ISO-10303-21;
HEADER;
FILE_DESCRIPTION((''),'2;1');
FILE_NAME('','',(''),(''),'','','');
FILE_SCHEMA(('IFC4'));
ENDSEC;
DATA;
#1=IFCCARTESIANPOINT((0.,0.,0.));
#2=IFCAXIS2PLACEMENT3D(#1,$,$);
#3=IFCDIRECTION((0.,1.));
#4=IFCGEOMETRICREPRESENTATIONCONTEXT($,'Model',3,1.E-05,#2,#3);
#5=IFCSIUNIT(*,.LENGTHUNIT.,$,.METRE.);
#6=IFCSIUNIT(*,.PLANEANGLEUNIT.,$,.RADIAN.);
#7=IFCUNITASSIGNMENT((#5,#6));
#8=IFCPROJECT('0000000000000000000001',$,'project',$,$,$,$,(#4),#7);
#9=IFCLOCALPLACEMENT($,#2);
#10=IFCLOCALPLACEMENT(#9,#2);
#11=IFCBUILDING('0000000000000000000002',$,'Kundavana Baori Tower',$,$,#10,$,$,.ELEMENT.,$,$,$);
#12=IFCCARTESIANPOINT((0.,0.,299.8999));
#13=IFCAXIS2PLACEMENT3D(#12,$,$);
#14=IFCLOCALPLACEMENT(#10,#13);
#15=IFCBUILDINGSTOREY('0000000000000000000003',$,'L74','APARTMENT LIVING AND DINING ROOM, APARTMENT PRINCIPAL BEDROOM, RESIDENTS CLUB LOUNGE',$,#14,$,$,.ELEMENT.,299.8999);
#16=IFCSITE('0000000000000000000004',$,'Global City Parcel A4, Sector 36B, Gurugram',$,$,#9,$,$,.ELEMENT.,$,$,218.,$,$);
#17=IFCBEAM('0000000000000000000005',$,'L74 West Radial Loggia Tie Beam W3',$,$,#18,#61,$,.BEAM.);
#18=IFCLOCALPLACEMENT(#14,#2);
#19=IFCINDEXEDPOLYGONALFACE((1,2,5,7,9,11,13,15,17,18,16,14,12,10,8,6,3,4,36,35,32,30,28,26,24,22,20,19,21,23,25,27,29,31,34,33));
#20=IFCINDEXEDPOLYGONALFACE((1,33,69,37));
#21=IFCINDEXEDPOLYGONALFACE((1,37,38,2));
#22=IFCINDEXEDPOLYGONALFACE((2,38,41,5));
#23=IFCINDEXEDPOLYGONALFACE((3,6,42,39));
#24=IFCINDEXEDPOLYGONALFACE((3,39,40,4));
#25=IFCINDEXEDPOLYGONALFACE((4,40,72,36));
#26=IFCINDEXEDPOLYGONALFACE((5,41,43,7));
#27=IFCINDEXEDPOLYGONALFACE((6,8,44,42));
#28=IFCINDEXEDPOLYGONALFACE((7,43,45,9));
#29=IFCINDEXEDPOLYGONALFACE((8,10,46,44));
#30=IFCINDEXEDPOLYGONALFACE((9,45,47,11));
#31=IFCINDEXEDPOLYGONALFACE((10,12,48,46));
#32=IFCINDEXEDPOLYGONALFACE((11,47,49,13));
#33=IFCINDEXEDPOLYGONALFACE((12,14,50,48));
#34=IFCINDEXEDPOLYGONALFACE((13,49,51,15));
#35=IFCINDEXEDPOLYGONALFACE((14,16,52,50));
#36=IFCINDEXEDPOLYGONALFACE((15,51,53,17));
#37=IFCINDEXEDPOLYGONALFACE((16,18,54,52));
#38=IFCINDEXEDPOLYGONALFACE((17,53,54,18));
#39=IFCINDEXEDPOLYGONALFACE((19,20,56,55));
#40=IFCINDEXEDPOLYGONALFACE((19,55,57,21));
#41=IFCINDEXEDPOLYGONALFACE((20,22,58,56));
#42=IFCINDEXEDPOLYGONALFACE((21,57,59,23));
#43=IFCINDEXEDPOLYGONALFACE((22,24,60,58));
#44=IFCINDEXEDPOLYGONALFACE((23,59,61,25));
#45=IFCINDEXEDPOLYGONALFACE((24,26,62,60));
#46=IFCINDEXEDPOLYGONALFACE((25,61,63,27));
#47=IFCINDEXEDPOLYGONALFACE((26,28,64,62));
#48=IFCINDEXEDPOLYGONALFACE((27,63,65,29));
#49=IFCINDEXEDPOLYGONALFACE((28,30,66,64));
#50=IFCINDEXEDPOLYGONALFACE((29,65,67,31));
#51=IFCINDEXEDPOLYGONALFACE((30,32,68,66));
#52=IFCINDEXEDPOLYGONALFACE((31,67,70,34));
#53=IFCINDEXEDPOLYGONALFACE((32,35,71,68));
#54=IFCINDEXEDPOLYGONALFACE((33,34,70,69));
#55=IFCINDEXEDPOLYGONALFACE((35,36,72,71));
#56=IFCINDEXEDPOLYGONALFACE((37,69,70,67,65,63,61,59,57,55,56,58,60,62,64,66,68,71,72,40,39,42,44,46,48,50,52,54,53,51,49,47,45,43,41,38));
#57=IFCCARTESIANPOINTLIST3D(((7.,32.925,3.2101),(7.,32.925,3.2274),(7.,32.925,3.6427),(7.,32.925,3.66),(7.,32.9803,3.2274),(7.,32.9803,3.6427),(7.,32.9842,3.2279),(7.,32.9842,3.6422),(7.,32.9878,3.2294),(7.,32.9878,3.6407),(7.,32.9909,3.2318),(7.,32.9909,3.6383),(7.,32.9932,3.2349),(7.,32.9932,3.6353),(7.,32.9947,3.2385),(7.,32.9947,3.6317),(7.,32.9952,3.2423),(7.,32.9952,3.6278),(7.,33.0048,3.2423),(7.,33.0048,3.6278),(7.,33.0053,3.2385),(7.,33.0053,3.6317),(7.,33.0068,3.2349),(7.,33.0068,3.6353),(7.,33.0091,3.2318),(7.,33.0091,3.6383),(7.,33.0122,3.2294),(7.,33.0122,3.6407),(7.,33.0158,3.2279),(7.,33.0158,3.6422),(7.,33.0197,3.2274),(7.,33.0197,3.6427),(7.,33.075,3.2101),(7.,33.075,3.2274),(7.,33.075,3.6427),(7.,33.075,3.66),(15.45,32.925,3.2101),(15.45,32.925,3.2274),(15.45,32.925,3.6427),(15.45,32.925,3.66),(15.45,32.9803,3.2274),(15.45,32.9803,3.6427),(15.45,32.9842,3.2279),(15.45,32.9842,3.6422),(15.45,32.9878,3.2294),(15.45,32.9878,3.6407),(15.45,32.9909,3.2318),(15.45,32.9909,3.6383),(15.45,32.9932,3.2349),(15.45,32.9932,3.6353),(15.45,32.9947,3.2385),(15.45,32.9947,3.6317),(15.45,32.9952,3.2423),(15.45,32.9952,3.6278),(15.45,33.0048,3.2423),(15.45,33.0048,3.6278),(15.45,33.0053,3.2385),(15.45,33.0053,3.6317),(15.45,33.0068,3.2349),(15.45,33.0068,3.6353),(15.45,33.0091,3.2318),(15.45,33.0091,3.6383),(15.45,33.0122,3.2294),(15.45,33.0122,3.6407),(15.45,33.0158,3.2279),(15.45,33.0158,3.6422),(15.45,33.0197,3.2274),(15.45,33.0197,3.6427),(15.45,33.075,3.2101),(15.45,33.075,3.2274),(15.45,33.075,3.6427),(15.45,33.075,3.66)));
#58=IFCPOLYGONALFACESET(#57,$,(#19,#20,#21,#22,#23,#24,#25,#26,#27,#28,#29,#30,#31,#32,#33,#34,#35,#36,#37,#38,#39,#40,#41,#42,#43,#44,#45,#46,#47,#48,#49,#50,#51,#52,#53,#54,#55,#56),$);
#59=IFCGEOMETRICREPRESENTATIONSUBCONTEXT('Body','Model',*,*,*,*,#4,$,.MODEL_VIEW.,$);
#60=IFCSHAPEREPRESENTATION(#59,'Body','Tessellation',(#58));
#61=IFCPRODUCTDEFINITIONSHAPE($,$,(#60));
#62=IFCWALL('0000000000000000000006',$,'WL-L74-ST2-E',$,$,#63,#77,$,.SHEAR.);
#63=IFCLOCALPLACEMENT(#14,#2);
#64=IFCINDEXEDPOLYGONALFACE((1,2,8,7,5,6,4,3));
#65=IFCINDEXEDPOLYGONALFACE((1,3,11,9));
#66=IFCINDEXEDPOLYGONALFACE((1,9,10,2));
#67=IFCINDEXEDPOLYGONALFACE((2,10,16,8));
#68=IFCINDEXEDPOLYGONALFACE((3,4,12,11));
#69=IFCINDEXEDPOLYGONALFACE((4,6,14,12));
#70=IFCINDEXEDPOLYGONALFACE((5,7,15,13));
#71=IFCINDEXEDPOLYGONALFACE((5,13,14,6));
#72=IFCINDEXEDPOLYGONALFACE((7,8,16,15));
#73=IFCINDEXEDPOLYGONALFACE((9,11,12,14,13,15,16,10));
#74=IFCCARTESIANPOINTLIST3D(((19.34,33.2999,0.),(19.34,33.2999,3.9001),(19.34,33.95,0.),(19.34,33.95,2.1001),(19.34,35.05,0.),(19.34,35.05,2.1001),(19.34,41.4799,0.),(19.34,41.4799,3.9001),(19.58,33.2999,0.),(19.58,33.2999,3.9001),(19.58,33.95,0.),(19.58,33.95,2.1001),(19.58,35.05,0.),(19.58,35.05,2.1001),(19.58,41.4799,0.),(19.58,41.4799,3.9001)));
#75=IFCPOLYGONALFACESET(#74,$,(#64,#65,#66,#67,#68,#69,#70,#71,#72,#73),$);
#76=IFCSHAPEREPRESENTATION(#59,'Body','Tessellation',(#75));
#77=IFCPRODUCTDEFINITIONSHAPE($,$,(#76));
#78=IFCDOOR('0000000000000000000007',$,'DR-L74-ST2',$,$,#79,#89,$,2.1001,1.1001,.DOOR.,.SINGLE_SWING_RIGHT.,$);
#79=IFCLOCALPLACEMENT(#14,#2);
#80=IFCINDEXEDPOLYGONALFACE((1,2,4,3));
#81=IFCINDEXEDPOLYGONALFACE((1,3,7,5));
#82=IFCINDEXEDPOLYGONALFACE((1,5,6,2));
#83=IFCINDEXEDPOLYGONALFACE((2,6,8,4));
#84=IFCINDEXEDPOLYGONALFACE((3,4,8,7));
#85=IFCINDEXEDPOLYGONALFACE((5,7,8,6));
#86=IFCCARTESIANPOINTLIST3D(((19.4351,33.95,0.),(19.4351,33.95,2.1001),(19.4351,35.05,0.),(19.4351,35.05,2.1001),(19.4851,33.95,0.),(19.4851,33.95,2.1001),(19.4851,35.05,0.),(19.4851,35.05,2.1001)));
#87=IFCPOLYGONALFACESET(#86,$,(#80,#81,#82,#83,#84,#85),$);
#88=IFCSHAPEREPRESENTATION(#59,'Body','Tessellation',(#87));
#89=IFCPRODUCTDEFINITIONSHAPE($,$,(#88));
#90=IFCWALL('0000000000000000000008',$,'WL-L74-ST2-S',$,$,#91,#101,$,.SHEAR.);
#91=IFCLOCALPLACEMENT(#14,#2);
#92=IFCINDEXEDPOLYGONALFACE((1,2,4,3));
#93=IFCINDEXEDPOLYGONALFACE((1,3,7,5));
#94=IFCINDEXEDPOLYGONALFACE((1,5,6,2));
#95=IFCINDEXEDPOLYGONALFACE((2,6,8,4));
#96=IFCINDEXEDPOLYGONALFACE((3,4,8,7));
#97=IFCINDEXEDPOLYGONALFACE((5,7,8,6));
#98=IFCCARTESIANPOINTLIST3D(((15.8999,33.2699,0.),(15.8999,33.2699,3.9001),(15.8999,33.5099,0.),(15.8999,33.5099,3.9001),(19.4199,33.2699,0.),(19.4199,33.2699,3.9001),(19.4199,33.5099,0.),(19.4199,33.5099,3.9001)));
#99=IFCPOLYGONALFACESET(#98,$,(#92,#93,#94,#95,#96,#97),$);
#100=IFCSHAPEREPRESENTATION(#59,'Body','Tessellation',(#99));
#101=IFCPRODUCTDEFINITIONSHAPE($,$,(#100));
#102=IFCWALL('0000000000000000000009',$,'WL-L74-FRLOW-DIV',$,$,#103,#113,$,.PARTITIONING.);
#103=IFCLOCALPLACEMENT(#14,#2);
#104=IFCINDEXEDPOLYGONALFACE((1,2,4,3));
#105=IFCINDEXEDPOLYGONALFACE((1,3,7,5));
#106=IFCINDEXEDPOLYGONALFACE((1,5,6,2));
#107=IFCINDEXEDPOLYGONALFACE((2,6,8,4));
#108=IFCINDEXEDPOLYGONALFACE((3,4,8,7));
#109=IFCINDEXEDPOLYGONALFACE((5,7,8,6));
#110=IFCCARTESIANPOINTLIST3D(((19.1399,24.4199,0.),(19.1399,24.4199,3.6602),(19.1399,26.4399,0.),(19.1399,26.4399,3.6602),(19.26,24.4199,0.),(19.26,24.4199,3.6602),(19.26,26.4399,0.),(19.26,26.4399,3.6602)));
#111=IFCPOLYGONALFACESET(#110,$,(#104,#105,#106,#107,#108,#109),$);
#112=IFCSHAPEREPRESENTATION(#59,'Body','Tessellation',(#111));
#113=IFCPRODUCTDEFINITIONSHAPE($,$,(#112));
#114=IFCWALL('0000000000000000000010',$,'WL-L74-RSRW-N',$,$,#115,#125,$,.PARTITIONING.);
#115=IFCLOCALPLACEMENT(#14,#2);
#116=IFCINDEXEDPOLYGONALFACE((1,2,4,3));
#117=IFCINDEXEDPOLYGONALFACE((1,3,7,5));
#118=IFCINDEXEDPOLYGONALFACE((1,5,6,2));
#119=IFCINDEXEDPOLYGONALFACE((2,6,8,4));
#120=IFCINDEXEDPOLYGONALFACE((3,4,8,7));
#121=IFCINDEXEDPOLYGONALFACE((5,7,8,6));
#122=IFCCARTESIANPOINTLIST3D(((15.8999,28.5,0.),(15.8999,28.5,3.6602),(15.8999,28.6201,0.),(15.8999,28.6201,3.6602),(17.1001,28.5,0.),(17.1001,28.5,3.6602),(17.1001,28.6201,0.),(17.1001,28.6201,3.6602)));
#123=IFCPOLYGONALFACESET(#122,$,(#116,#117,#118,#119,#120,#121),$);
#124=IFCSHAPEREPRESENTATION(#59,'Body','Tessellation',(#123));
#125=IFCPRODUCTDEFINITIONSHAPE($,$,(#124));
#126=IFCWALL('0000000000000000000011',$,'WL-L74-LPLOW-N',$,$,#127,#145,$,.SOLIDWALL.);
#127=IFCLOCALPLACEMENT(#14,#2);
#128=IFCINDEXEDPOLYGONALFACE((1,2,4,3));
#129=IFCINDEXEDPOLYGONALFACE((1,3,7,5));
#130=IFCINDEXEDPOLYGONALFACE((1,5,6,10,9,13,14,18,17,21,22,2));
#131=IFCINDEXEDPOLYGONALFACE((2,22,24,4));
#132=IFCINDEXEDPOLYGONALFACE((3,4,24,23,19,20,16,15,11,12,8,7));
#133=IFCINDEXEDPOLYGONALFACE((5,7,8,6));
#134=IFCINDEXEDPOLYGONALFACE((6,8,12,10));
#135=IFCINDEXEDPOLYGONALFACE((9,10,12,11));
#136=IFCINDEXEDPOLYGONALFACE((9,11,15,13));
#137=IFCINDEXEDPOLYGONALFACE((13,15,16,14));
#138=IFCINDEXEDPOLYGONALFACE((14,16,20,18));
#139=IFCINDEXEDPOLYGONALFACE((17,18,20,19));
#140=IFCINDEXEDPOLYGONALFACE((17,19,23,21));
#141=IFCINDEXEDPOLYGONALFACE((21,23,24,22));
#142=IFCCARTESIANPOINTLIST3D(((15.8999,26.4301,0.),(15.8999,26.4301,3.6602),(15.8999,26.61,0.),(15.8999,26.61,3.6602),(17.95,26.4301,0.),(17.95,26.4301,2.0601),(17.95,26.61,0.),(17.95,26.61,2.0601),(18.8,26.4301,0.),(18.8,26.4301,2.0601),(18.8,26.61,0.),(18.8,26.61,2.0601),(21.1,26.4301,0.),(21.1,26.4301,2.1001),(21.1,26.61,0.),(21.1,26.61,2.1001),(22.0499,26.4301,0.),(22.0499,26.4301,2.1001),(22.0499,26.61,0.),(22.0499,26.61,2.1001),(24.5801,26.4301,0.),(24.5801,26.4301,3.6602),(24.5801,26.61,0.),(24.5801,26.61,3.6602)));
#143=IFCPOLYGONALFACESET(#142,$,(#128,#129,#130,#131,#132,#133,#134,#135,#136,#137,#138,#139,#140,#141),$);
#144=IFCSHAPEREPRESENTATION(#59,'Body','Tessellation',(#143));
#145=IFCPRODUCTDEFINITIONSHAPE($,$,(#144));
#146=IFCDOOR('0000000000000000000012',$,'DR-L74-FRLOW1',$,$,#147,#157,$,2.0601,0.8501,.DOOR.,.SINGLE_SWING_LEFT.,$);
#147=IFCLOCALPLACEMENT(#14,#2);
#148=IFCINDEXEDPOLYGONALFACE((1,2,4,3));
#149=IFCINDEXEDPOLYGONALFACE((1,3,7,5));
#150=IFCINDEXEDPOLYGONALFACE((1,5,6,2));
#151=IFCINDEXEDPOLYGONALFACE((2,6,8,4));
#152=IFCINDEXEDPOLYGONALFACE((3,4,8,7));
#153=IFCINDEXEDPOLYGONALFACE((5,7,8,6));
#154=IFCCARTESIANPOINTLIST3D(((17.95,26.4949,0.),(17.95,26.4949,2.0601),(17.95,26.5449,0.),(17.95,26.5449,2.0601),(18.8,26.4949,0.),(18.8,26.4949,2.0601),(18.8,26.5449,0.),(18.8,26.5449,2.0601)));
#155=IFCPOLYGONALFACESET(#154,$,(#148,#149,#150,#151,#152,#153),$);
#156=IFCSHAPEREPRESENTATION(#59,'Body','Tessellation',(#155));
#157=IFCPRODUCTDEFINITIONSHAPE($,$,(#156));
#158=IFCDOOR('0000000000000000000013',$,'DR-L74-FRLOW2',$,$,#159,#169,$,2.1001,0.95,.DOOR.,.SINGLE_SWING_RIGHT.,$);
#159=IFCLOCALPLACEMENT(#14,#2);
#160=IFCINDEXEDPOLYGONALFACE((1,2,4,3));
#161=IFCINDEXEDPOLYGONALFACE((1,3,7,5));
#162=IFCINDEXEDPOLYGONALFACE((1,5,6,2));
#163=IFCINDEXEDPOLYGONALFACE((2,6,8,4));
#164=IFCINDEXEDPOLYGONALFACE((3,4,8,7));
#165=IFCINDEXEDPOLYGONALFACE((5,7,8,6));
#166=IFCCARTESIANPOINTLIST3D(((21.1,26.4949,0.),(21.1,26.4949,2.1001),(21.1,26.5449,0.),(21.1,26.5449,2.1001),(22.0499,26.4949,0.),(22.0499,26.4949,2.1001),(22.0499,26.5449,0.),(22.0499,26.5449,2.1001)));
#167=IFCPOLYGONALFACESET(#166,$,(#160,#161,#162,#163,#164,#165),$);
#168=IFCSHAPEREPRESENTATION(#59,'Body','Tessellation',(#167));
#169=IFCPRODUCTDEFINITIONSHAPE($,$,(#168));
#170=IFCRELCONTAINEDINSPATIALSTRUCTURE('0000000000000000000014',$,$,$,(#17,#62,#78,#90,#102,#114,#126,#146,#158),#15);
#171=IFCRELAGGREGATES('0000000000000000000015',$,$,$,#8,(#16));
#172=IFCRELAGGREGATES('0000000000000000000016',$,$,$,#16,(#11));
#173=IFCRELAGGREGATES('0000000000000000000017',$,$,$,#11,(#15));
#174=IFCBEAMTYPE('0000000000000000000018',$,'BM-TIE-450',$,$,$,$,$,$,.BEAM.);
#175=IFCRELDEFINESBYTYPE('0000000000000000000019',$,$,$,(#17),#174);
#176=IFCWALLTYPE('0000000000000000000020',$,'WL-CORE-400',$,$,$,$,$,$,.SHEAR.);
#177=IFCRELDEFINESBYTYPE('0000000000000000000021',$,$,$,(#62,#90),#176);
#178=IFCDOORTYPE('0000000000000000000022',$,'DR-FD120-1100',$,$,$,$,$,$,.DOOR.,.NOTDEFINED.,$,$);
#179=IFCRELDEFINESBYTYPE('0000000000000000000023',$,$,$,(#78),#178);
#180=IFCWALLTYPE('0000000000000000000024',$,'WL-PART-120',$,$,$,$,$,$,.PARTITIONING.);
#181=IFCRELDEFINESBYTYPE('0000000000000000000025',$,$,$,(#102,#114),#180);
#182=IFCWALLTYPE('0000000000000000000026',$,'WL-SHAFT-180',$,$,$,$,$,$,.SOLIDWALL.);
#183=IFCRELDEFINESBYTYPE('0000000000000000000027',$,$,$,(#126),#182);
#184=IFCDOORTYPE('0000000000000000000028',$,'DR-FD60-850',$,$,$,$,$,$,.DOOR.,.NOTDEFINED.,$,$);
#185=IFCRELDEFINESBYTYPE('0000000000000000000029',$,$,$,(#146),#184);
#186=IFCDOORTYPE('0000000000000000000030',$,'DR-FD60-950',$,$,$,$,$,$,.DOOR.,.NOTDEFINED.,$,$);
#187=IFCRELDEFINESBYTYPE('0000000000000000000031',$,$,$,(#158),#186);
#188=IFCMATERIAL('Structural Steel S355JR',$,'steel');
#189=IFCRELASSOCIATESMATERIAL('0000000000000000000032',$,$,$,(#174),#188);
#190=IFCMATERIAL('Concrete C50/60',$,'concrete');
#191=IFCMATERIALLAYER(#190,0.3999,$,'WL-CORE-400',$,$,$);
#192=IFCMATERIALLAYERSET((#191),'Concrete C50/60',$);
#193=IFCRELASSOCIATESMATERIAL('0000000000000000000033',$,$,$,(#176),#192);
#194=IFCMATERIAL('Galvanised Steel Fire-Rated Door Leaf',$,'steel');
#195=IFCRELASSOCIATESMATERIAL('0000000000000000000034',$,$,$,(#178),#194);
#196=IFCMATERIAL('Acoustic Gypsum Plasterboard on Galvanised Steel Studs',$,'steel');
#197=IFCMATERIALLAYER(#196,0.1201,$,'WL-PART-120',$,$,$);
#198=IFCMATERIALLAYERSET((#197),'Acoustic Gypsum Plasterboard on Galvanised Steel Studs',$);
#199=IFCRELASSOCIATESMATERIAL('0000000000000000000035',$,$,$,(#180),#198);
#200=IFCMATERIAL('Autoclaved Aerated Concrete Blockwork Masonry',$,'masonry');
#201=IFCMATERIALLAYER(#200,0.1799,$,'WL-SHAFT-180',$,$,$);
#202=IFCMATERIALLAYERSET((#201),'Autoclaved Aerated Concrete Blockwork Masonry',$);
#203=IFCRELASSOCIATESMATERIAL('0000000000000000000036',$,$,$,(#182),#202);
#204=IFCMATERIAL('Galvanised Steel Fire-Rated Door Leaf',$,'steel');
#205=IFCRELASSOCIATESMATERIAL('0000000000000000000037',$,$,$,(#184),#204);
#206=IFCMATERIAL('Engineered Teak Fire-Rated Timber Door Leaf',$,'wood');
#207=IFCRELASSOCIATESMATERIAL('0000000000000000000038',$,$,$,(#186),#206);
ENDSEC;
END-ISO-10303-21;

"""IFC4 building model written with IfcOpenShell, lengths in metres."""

from ifc_helpers import new_model, si_unit, direction, frame, frame_2d, origin, origin_2d, place, context, subcontext, project, spatial, rectangle, i_section, extrude, material, layer, layer_set, material_profile, profile_set, type_object, element, fill, save


model = new_model("IFC4")

# Units and contexts
model_context = context("Model", 3, precision=1e-05, world=origin(), true_north=direction((0.0, 1.0)))
body_context = subcontext(model_context, "Body", "Model", "MODEL_VIEW")
ifc_project = project(units=[si_unit("LENGTHUNIT", "METRE"), si_unit("PLANEANGLEUNIT", "RADIAN")], contexts=[model_context])

# Site, building, storey
site_placement = place(None, origin())
site = spatial("IfcSite", under=ifc_project, at=site_placement, Name="Global City Parcel A4, Sector 36B, Gurugram", CompositionType="ELEMENT", RefElevation=218.0)
building_placement = place(site_placement, origin())
building = spatial("IfcBuilding", under=site, at=building_placement, Name="Kundavana Baori Tower", CompositionType="ELEMENT")
storey_placement = place(building_placement, frame((0.0, 0.0, 299.8999)))
storey = spatial("IfcBuildingStorey", under=building, at=storey_placement, Name="L74", Description="APARTMENT LIVING AND DINING ROOM, APARTMENT PRINCIPAL BEDROOM, RESIDENTS CLUB LOUNGE", CompositionType="ELEMENT", Elevation=299.8999)

# Beam
ifc_material_1 = material(Name="Structural Steel S355JR", Category="steel")
ifc_material_profile_1 = material_profile(ifc_material_1, i_section(OverallWidth=0.1499, OverallDepth=0.45, WebThickness=0.0095, FlangeThickness=0.0173, FilletRadius=0.0149, at=origin_2d()), Name="ISMB 450")
ifc_profile_set_1 = profile_set([ifc_material_profile_1], Name="Structural Steel S355JR")
beam_type_1 = type_object("IfcBeamType", Name="BM-TIE-450", PredefinedType="BEAM", material=ifc_profile_set_1)
for number, where, z_axis, x_axis, name in (
    (1, (15.45, 33.0, 3.4351), (-1.0, 0.0, 0.0), (0.0, -1.0, 0.0), "L74 West Radial Loggia Tie Beam W3"),
):
    element("IfcBeam", number, at=place(storey_placement, frame(where, z_axis=z_axis, x_axis=x_axis)), inside=storey, type_object=beam_type_1, Name=name, PredefinedType="BEAM", context=body_context, shape_type="SweptSolid", body=[
        extrude(i_section(OverallWidth=0.1499, OverallDepth=0.45, WebThickness=0.0095, FlangeThickness=0.0173, FilletRadius=0.0149, at=origin_2d()), origin(), (0.0, 0.0, 1.0), 8.45),
    ])

# Wall, opening, door
ifc_material_2 = material(Name="Concrete C50/60", Category="concrete")
ifc_layer_1 = layer(ifc_material_2, 0.3999, Name="WL-CORE-400")
ifc_layer_set_1 = layer_set([ifc_layer_1], Name="Concrete C50/60")
wall_type_1 = type_object("IfcWallType", Name="WL-CORE-400", PredefinedType="SHEAR", material=ifc_layer_set_1)
wall_1_placement = place(storey_placement, frame((19.46, 33.3, 0.0), z_axis=(0.0, 0.0, 1.0), x_axis=(0.0, 1.0, 0.0)))
wall_1 = element("IfcWall", 2, at=wall_1_placement, inside=storey, type_object=wall_type_1, Name="WL-L74-ST2-E", PredefinedType="SHEAR", context=body_context, shape_type="SweptSolid", body=[
    extrude(rectangle(XDim=8.1799, YDim=0.24, at=frame_2d((4.0898, 0.0))), origin(), (0.0, 0.0, 1.0), 3.9001),
])
opening_1_placement = place(wall_1_placement, frame((0.6499, 0.0, 0.0)))
opening_1 = element("IfcOpeningElement", 3, at=opening_1_placement, cuts=wall_1, PredefinedType="OPENING", context=body_context, shape_type="SweptSolid", body=[
    extrude(rectangle(XDim=1.1001, YDim=2.1001, at=frame_2d((0.55, 1.05))), frame((0.0, 0.1299, 0.0), z_axis=(0.0, -1.0, 0.0), x_axis=(1.0, 0.0, 0.0)), (0.0, 0.0, 1.0), 0.26),
])
ifc_material_3 = material(Name="Galvanised Steel Fire-Rated Door Leaf", Category="steel")
door_type_1 = type_object("IfcDoorType", Name="DR-FD120-1100", OperationType="NOTDEFINED", PredefinedType="DOOR", material=ifc_material_3)
door_1_placement = place(opening_1_placement, origin())
door_1 = element("IfcDoor", 4, at=door_1_placement, inside=storey, type_object=door_type_1, Name="DR-L74-ST2", OperationType="SINGLE_SWING_RIGHT", OverallHeight=2.1001, OverallWidth=1.1001, PredefinedType="DOOR", context=body_context, shape_type="SweptSolid", body=[
    extrude(rectangle(XDim=1.1001, YDim=2.1001, at=frame_2d((0.55, 1.05))), frame((0.0, 0.0249, 0.0), z_axis=(0.0, -1.0, 0.0), x_axis=(1.0, 0.0, 0.0)), (0.0, 0.0, 1.0), 0.05),
])
fill(opening_1, door_1)

# Walls
wall_2_placement = place(storey_placement, frame((15.8999, 33.3899, 0.0), z_axis=(0.0, 0.0, 1.0), x_axis=(1.0, 0.0, 0.0)))
element("IfcWall", 5, at=wall_2_placement, inside=storey, type_object=wall_type_1, Name="WL-L74-ST2-S", PredefinedType="SHEAR", context=body_context, shape_type="SweptSolid", body=[
    extrude(rectangle(XDim=3.52, YDim=0.24, at=frame_2d((1.76, 0.0))), origin(), (0.0, 0.0, 1.0), 3.9001),
])
ifc_material_4 = material(Name="Acoustic Gypsum Plasterboard on Galvanised Steel Studs", Category="steel")
ifc_layer_2 = layer(ifc_material_4, 0.1201, Name="WL-PART-120")
ifc_layer_set_2 = layer_set([ifc_layer_2], Name="Acoustic Gypsum Plasterboard on Galvanised Steel Studs")
wall_type_2 = type_object("IfcWallType", Name="WL-PART-120", PredefinedType="PARTITIONING", material=ifc_layer_set_2)
wall_3_placement = place(storey_placement, frame((19.2, 24.4199, 0.0), z_axis=(0.0, 0.0, 1.0), x_axis=(0.0, 1.0, 0.0)))
element("IfcWall", 6, at=wall_3_placement, inside=storey, type_object=wall_type_2, Name="WL-L74-FRLOW-DIV", PredefinedType="PARTITIONING", context=body_context, shape_type="SweptSolid", body=[
    extrude(rectangle(XDim=2.02, YDim=0.1201, at=frame_2d((1.01, 0.0))), origin(), (0.0, 0.0, 1.0), 3.6602),
])
wall_4_placement = place(storey_placement, frame((15.8999, 28.5601, 0.0), z_axis=(0.0, 0.0, 1.0), x_axis=(1.0, 0.0, 0.0)))
element("IfcWall", 7, at=wall_4_placement, inside=storey, type_object=wall_type_2, Name="WL-L74-RSRW-N", PredefinedType="PARTITIONING", context=body_context, shape_type="SweptSolid", body=[
    extrude(rectangle(XDim=1.2002, YDim=0.1201, at=frame_2d((0.6001, 0.0))), origin(), (0.0, 0.0, 1.0), 3.6602),
])

# Wall, openings, doors
ifc_material_5 = material(Name="Autoclaved Aerated Concrete Blockwork Masonry", Category="masonry")
ifc_layer_3 = layer(ifc_material_5, 0.1799, Name="WL-SHAFT-180")
ifc_layer_set_3 = layer_set([ifc_layer_3], Name="Autoclaved Aerated Concrete Blockwork Masonry")
wall_type_3 = type_object("IfcWallType", Name="WL-SHAFT-180", PredefinedType="SOLIDWALL", material=ifc_layer_set_3)
wall_5_placement = place(storey_placement, frame((15.8999, 26.52, 0.0), z_axis=(0.0, 0.0, 1.0), x_axis=(1.0, 0.0, 0.0)))
wall_5 = element("IfcWall", 8, at=wall_5_placement, inside=storey, type_object=wall_type_3, Name="WL-L74-LPLOW-N", PredefinedType="SOLIDWALL", context=body_context, shape_type="SweptSolid", body=[
    extrude(rectangle(XDim=8.6802, YDim=0.1799, at=frame_2d((4.3401, 0.0))), origin(), (0.0, 0.0, 1.0), 3.6602),
])
opening_2_placement = place(wall_5_placement, frame((2.05, 0.0, 0.0)))
opening_2 = element("IfcOpeningElement", 9, at=opening_2_placement, cuts=wall_5, PredefinedType="OPENING", context=body_context, shape_type="SweptSolid", body=[
    extrude(rectangle(XDim=0.8501, YDim=2.0601, at=frame_2d((0.425, 1.03))), frame((0.0, 0.1001, 0.0), z_axis=(0.0, -1.0, 0.0), x_axis=(1.0, 0.0, 0.0)), (0.0, 0.0, 1.0), 0.2),
])
opening_3_placement = place(wall_5_placement, frame((5.2, 0.0, 0.0)))
opening_3 = element("IfcOpeningElement", 10, at=opening_3_placement, cuts=wall_5, PredefinedType="OPENING", context=body_context, shape_type="SweptSolid", body=[
    extrude(rectangle(XDim=0.95, YDim=2.1001, at=frame_2d((0.4751, 1.05))), frame((0.0, 0.1001, 0.0), z_axis=(0.0, -1.0, 0.0), x_axis=(1.0, 0.0, 0.0)), (0.0, 0.0, 1.0), 0.2),
])
ifc_material_6 = material(Name="Galvanised Steel Fire-Rated Door Leaf", Category="steel")
door_type_2 = type_object("IfcDoorType", Name="DR-FD60-850", OperationType="NOTDEFINED", PredefinedType="DOOR", material=ifc_material_6)
door_2_placement = place(opening_2_placement, origin())
door_2 = element("IfcDoor", 11, at=door_2_placement, inside=storey, type_object=door_type_2, Name="DR-L74-FRLOW1", OperationType="SINGLE_SWING_LEFT", OverallHeight=2.0601, OverallWidth=0.8501, PredefinedType="DOOR", context=body_context, shape_type="SweptSolid", body=[
    extrude(rectangle(XDim=0.8501, YDim=2.0601, at=frame_2d((0.425, 1.03))), frame((0.0, 0.0249, 0.0), z_axis=(0.0, -1.0, 0.0), x_axis=(1.0, 0.0, 0.0)), (0.0, 0.0, 1.0), 0.05),
])
fill(opening_2, door_2)
ifc_material_7 = material(Name="Engineered Teak Fire-Rated Timber Door Leaf", Category="wood")
door_type_3 = type_object("IfcDoorType", Name="DR-FD60-950", OperationType="NOTDEFINED", PredefinedType="DOOR", material=ifc_material_7)
door_3_placement = place(opening_3_placement, origin())
door_3 = element("IfcDoor", 12, at=door_3_placement, inside=storey, type_object=door_type_3, Name="DR-L74-FRLOW2", OperationType="SINGLE_SWING_RIGHT", OverallHeight=2.1001, OverallWidth=0.95, PredefinedType="DOOR", context=body_context, shape_type="SweptSolid", body=[
    extrude(rectangle(XDim=0.95, YDim=2.1001, at=frame_2d((0.4751, 1.05))), frame((0.0, 0.0249, 0.0), z_axis=(0.0, -1.0, 0.0), x_axis=(1.0, 0.0, 0.0)), (0.0, 0.0, 1.0), 0.05),
])
fill(opening_3, door_3)

save(model, "model.ifc")
